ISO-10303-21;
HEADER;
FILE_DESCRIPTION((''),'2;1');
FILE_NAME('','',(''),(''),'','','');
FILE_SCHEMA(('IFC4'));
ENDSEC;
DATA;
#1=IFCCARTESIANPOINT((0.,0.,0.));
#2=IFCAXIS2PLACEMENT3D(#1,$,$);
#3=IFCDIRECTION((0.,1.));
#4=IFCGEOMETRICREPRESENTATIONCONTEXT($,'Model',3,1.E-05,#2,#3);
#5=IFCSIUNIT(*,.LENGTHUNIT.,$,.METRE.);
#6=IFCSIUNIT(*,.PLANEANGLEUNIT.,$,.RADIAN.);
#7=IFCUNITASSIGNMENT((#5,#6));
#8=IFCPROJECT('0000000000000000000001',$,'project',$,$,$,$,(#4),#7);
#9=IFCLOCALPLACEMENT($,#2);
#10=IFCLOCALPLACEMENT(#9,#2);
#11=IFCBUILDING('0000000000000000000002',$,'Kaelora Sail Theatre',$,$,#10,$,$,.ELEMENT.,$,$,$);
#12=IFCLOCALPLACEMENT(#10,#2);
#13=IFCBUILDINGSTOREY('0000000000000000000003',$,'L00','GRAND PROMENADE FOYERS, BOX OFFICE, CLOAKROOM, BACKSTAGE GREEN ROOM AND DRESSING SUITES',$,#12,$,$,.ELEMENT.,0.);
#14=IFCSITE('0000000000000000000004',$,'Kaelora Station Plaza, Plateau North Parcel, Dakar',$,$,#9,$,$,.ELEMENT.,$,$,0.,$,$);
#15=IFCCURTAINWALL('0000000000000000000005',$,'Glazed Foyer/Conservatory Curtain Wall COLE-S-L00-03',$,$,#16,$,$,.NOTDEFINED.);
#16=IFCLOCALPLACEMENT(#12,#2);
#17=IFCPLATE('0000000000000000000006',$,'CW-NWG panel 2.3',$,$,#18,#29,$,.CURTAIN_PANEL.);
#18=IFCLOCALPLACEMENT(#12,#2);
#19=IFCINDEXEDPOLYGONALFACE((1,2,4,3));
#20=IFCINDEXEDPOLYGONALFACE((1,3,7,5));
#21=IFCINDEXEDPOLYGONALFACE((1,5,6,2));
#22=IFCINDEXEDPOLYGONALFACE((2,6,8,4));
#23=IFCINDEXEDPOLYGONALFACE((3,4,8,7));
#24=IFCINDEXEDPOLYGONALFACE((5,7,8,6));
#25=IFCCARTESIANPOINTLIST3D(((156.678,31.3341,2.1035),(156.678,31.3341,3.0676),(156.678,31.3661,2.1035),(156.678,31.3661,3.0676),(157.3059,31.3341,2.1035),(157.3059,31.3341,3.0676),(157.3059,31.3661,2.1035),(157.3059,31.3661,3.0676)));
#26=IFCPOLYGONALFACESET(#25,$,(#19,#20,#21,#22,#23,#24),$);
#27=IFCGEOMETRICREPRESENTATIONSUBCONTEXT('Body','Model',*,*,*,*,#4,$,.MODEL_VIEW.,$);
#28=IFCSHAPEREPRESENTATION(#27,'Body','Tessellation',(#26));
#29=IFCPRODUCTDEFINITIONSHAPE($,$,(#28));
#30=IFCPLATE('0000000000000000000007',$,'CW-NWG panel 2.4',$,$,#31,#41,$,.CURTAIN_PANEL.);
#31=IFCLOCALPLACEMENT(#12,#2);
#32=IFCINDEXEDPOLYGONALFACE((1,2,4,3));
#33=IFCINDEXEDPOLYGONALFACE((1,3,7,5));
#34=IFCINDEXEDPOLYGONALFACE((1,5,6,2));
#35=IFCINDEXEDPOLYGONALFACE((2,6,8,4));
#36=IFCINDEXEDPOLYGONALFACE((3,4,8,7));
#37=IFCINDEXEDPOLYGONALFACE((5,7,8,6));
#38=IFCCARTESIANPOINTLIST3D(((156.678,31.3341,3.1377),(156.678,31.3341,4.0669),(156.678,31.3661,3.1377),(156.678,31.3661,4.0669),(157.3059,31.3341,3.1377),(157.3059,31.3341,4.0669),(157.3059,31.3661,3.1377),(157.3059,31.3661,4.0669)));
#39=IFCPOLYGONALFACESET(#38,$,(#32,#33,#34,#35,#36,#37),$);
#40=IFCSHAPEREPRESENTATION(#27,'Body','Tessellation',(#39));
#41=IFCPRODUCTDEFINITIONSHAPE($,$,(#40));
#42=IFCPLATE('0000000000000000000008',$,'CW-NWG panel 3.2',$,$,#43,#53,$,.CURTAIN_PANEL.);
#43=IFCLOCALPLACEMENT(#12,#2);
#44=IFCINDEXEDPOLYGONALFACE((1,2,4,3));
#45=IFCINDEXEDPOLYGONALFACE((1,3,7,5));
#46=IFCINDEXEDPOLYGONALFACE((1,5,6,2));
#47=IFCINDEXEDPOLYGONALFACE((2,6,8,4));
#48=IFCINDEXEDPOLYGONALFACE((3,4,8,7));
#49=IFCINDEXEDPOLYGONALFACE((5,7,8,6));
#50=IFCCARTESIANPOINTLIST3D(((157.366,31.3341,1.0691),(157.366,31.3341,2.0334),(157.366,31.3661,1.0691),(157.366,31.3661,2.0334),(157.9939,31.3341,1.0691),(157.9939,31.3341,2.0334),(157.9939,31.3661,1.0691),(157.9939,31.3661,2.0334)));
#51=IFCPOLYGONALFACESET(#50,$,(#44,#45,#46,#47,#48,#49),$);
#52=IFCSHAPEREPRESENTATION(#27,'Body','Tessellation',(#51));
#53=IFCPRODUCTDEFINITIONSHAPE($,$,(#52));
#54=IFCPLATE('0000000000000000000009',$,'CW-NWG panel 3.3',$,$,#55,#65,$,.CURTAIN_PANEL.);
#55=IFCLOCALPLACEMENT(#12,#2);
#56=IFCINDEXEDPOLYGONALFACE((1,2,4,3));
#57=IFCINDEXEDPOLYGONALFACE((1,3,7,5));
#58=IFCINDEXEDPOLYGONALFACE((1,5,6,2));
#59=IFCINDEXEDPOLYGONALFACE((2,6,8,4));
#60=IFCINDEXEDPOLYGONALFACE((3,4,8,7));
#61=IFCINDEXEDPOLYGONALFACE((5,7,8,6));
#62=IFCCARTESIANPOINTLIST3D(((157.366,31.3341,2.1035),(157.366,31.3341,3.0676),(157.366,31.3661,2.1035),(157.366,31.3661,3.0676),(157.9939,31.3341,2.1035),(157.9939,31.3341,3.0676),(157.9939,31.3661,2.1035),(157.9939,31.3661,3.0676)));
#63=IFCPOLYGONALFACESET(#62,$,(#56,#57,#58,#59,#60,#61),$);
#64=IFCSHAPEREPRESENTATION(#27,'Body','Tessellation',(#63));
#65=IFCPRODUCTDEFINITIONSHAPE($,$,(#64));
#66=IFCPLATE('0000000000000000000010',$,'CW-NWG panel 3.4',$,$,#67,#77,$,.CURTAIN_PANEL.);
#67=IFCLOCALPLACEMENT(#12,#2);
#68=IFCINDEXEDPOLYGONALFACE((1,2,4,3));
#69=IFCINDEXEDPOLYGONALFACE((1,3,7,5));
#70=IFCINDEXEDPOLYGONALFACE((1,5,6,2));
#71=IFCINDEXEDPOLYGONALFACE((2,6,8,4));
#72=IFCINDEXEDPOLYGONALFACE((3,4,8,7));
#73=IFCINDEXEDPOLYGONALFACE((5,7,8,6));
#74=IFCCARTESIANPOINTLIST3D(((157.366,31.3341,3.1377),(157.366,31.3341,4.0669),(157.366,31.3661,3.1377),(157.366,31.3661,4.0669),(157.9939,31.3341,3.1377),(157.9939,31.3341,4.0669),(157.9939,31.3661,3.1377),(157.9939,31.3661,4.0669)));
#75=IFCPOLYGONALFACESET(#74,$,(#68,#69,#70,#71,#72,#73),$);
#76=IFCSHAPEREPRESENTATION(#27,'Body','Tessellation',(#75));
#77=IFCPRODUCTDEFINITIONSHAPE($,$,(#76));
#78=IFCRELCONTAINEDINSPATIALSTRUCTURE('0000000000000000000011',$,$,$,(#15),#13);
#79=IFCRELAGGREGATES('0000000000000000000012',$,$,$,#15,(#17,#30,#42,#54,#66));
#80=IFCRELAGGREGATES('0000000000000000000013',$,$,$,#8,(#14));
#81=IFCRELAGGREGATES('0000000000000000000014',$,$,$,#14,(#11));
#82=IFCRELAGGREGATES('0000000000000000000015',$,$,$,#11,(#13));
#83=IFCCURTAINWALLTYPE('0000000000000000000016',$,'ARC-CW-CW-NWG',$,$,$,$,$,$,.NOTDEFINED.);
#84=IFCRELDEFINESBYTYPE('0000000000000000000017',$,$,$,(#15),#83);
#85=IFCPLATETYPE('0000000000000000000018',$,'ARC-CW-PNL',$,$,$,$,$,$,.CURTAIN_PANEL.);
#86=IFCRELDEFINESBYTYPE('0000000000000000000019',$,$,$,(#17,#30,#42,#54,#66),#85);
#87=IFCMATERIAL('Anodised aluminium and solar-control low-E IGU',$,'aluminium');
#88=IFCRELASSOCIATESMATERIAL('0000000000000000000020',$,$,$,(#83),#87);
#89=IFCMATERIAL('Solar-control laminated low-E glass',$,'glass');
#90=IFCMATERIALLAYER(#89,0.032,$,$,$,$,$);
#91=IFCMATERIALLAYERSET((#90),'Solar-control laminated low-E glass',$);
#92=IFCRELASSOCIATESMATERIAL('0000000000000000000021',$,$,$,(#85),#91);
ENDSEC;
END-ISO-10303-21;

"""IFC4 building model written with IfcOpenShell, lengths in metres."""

from ifc_helpers import new_model, si_unit, direction, frame, origin, origin_2d, place, context, subcontext, project, spatial, rectangle, extrude, material, layer, layer_set, type_object, element, aggregate, save


model = new_model("IFC4")

# Units and contexts
model_context = context("Model", 3, precision=1e-05, world=origin(), true_north=direction((0.0, 1.0)))
body_context = subcontext(model_context, "Body", "Model", "MODEL_VIEW")
ifc_project = project(units=[si_unit("LENGTHUNIT", "METRE"), si_unit("PLANEANGLEUNIT", "RADIAN")], contexts=[model_context])

# Site, building, storey
site_placement = place(None, origin())
site = spatial("IfcSite", under=ifc_project, at=site_placement, Name="Kaelora Station Plaza, Plateau North Parcel, Dakar", CompositionType="ELEMENT", RefElevation=0.0)
building_placement = place(site_placement, origin())
building = spatial("IfcBuilding", under=site, at=building_placement, Name="Kaelora Sail Theatre", CompositionType="ELEMENT")
storey_placement = place(building_placement, origin())
storey = spatial("IfcBuildingStorey", under=building, at=storey_placement, Name="L00", Description="GRAND PROMENADE FOYERS, BOX OFFICE, CLOAKROOM, BACKSTAGE GREEN ROOM AND DRESSING SUITES", CompositionType="ELEMENT", Elevation=0.0)

# Curtain wall
ifc_material_1 = material(Name="Anodised aluminium and solar-control low-E IGU", Category="aluminium")
curtain_wall_type = type_object("IfcCurtainWallType", Name="ARC-CW-CW-NWG", PredefinedType="NOTDEFINED", material=ifc_material_1)
curtain_wall_1_placement = place(storey_placement, origin())
curtain_wall_1 = element("IfcCurtainWall", 1, at=curtain_wall_1_placement, inside=storey, type_object=curtain_wall_type, Name="Glazed Foyer/Conservatory Curtain Wall COLE-S-L00-03", PredefinedType="NOTDEFINED")

# Shared definitions
ifc_material_2 = material(Name="Solar-control laminated low-E glass", Category="glass")
ifc_layer = layer(ifc_material_2, 0.032)
ifc_layer_set = layer_set([ifc_layer], Name="Solar-control laminated low-E glass")
plate_type = type_object("IfcPlateType", Name="ARC-CW-PNL", PredefinedType="CURTAIN_PANEL", material=ifc_layer_set)

# Plates
plate_1_placement = place(storey_placement, frame((156.9919, 31.3501, 2.1035), z_axis=(0.0, 0.0, 1.0), x_axis=(1.0, 0.0, 0.0)))
plate_1 = element("IfcPlate", 2, at=plate_1_placement, type_object=plate_type, Name="CW-NWG panel 2.3", PredefinedType="CURTAIN_PANEL", context=body_context, shape_type="SweptSolid", body=[
    extrude(rectangle(XDim=0.6279, YDim=0.032, at=origin_2d()), origin(), (0.0, 0.0, 1.0), 0.9641),
])
plate_2_placement = place(storey_placement, frame((156.9919, 31.3501, 3.1377), z_axis=(0.0, 0.0, 1.0), x_axis=(1.0, 0.0, 0.0)))
plate_2 = element("IfcPlate", 3, at=plate_2_placement, type_object=plate_type, Name="CW-NWG panel 2.4", PredefinedType="CURTAIN_PANEL", context=body_context, shape_type="SweptSolid", body=[
    extrude(rectangle(XDim=0.6279, YDim=0.032, at=origin_2d()), origin(), (0.0, 0.0, 1.0), 0.9292),
])
plate_3_placement = place(storey_placement, frame((157.6799, 31.3501, 1.0691), z_axis=(0.0, 0.0, 1.0), x_axis=(1.0, 0.0, 0.0)))
plate_3 = element("IfcPlate", 4, at=plate_3_placement, type_object=plate_type, Name="CW-NWG panel 3.2", PredefinedType="CURTAIN_PANEL", context=body_context, shape_type="SweptSolid", body=[
    extrude(rectangle(XDim=0.6279, YDim=0.032, at=origin_2d()), origin(), (0.0, 0.0, 1.0), 0.9644),
])
plate_4_placement = place(storey_placement, frame((157.6799, 31.3501, 2.1035), z_axis=(0.0, 0.0, 1.0), x_axis=(1.0, 0.0, 0.0)))
plate_4 = element("IfcPlate", 5, at=plate_4_placement, type_object=plate_type, Name="CW-NWG panel 3.3", PredefinedType="CURTAIN_PANEL", context=body_context, shape_type="SweptSolid", body=[
    extrude(rectangle(XDim=0.6279, YDim=0.032, at=origin_2d()), origin(), (0.0, 0.0, 1.0), 0.9641),
])
plate_5_placement = place(storey_placement, frame((157.6799, 31.3501, 3.1377), z_axis=(0.0, 0.0, 1.0), x_axis=(1.0, 0.0, 0.0)))
plate_5 = element("IfcPlate", 6, at=plate_5_placement, type_object=plate_type, Name="CW-NWG panel 3.4", PredefinedType="CURTAIN_PANEL", context=body_context, shape_type="SweptSolid", body=[
    extrude(rectangle(XDim=0.6279, YDim=0.032, at=origin_2d()), origin(), (0.0, 0.0, 1.0), 0.9292),
])
aggregate(curtain_wall_1, [plate_1, plate_2, plate_3, plate_4, plate_5])

save(model, "model.ifc")
